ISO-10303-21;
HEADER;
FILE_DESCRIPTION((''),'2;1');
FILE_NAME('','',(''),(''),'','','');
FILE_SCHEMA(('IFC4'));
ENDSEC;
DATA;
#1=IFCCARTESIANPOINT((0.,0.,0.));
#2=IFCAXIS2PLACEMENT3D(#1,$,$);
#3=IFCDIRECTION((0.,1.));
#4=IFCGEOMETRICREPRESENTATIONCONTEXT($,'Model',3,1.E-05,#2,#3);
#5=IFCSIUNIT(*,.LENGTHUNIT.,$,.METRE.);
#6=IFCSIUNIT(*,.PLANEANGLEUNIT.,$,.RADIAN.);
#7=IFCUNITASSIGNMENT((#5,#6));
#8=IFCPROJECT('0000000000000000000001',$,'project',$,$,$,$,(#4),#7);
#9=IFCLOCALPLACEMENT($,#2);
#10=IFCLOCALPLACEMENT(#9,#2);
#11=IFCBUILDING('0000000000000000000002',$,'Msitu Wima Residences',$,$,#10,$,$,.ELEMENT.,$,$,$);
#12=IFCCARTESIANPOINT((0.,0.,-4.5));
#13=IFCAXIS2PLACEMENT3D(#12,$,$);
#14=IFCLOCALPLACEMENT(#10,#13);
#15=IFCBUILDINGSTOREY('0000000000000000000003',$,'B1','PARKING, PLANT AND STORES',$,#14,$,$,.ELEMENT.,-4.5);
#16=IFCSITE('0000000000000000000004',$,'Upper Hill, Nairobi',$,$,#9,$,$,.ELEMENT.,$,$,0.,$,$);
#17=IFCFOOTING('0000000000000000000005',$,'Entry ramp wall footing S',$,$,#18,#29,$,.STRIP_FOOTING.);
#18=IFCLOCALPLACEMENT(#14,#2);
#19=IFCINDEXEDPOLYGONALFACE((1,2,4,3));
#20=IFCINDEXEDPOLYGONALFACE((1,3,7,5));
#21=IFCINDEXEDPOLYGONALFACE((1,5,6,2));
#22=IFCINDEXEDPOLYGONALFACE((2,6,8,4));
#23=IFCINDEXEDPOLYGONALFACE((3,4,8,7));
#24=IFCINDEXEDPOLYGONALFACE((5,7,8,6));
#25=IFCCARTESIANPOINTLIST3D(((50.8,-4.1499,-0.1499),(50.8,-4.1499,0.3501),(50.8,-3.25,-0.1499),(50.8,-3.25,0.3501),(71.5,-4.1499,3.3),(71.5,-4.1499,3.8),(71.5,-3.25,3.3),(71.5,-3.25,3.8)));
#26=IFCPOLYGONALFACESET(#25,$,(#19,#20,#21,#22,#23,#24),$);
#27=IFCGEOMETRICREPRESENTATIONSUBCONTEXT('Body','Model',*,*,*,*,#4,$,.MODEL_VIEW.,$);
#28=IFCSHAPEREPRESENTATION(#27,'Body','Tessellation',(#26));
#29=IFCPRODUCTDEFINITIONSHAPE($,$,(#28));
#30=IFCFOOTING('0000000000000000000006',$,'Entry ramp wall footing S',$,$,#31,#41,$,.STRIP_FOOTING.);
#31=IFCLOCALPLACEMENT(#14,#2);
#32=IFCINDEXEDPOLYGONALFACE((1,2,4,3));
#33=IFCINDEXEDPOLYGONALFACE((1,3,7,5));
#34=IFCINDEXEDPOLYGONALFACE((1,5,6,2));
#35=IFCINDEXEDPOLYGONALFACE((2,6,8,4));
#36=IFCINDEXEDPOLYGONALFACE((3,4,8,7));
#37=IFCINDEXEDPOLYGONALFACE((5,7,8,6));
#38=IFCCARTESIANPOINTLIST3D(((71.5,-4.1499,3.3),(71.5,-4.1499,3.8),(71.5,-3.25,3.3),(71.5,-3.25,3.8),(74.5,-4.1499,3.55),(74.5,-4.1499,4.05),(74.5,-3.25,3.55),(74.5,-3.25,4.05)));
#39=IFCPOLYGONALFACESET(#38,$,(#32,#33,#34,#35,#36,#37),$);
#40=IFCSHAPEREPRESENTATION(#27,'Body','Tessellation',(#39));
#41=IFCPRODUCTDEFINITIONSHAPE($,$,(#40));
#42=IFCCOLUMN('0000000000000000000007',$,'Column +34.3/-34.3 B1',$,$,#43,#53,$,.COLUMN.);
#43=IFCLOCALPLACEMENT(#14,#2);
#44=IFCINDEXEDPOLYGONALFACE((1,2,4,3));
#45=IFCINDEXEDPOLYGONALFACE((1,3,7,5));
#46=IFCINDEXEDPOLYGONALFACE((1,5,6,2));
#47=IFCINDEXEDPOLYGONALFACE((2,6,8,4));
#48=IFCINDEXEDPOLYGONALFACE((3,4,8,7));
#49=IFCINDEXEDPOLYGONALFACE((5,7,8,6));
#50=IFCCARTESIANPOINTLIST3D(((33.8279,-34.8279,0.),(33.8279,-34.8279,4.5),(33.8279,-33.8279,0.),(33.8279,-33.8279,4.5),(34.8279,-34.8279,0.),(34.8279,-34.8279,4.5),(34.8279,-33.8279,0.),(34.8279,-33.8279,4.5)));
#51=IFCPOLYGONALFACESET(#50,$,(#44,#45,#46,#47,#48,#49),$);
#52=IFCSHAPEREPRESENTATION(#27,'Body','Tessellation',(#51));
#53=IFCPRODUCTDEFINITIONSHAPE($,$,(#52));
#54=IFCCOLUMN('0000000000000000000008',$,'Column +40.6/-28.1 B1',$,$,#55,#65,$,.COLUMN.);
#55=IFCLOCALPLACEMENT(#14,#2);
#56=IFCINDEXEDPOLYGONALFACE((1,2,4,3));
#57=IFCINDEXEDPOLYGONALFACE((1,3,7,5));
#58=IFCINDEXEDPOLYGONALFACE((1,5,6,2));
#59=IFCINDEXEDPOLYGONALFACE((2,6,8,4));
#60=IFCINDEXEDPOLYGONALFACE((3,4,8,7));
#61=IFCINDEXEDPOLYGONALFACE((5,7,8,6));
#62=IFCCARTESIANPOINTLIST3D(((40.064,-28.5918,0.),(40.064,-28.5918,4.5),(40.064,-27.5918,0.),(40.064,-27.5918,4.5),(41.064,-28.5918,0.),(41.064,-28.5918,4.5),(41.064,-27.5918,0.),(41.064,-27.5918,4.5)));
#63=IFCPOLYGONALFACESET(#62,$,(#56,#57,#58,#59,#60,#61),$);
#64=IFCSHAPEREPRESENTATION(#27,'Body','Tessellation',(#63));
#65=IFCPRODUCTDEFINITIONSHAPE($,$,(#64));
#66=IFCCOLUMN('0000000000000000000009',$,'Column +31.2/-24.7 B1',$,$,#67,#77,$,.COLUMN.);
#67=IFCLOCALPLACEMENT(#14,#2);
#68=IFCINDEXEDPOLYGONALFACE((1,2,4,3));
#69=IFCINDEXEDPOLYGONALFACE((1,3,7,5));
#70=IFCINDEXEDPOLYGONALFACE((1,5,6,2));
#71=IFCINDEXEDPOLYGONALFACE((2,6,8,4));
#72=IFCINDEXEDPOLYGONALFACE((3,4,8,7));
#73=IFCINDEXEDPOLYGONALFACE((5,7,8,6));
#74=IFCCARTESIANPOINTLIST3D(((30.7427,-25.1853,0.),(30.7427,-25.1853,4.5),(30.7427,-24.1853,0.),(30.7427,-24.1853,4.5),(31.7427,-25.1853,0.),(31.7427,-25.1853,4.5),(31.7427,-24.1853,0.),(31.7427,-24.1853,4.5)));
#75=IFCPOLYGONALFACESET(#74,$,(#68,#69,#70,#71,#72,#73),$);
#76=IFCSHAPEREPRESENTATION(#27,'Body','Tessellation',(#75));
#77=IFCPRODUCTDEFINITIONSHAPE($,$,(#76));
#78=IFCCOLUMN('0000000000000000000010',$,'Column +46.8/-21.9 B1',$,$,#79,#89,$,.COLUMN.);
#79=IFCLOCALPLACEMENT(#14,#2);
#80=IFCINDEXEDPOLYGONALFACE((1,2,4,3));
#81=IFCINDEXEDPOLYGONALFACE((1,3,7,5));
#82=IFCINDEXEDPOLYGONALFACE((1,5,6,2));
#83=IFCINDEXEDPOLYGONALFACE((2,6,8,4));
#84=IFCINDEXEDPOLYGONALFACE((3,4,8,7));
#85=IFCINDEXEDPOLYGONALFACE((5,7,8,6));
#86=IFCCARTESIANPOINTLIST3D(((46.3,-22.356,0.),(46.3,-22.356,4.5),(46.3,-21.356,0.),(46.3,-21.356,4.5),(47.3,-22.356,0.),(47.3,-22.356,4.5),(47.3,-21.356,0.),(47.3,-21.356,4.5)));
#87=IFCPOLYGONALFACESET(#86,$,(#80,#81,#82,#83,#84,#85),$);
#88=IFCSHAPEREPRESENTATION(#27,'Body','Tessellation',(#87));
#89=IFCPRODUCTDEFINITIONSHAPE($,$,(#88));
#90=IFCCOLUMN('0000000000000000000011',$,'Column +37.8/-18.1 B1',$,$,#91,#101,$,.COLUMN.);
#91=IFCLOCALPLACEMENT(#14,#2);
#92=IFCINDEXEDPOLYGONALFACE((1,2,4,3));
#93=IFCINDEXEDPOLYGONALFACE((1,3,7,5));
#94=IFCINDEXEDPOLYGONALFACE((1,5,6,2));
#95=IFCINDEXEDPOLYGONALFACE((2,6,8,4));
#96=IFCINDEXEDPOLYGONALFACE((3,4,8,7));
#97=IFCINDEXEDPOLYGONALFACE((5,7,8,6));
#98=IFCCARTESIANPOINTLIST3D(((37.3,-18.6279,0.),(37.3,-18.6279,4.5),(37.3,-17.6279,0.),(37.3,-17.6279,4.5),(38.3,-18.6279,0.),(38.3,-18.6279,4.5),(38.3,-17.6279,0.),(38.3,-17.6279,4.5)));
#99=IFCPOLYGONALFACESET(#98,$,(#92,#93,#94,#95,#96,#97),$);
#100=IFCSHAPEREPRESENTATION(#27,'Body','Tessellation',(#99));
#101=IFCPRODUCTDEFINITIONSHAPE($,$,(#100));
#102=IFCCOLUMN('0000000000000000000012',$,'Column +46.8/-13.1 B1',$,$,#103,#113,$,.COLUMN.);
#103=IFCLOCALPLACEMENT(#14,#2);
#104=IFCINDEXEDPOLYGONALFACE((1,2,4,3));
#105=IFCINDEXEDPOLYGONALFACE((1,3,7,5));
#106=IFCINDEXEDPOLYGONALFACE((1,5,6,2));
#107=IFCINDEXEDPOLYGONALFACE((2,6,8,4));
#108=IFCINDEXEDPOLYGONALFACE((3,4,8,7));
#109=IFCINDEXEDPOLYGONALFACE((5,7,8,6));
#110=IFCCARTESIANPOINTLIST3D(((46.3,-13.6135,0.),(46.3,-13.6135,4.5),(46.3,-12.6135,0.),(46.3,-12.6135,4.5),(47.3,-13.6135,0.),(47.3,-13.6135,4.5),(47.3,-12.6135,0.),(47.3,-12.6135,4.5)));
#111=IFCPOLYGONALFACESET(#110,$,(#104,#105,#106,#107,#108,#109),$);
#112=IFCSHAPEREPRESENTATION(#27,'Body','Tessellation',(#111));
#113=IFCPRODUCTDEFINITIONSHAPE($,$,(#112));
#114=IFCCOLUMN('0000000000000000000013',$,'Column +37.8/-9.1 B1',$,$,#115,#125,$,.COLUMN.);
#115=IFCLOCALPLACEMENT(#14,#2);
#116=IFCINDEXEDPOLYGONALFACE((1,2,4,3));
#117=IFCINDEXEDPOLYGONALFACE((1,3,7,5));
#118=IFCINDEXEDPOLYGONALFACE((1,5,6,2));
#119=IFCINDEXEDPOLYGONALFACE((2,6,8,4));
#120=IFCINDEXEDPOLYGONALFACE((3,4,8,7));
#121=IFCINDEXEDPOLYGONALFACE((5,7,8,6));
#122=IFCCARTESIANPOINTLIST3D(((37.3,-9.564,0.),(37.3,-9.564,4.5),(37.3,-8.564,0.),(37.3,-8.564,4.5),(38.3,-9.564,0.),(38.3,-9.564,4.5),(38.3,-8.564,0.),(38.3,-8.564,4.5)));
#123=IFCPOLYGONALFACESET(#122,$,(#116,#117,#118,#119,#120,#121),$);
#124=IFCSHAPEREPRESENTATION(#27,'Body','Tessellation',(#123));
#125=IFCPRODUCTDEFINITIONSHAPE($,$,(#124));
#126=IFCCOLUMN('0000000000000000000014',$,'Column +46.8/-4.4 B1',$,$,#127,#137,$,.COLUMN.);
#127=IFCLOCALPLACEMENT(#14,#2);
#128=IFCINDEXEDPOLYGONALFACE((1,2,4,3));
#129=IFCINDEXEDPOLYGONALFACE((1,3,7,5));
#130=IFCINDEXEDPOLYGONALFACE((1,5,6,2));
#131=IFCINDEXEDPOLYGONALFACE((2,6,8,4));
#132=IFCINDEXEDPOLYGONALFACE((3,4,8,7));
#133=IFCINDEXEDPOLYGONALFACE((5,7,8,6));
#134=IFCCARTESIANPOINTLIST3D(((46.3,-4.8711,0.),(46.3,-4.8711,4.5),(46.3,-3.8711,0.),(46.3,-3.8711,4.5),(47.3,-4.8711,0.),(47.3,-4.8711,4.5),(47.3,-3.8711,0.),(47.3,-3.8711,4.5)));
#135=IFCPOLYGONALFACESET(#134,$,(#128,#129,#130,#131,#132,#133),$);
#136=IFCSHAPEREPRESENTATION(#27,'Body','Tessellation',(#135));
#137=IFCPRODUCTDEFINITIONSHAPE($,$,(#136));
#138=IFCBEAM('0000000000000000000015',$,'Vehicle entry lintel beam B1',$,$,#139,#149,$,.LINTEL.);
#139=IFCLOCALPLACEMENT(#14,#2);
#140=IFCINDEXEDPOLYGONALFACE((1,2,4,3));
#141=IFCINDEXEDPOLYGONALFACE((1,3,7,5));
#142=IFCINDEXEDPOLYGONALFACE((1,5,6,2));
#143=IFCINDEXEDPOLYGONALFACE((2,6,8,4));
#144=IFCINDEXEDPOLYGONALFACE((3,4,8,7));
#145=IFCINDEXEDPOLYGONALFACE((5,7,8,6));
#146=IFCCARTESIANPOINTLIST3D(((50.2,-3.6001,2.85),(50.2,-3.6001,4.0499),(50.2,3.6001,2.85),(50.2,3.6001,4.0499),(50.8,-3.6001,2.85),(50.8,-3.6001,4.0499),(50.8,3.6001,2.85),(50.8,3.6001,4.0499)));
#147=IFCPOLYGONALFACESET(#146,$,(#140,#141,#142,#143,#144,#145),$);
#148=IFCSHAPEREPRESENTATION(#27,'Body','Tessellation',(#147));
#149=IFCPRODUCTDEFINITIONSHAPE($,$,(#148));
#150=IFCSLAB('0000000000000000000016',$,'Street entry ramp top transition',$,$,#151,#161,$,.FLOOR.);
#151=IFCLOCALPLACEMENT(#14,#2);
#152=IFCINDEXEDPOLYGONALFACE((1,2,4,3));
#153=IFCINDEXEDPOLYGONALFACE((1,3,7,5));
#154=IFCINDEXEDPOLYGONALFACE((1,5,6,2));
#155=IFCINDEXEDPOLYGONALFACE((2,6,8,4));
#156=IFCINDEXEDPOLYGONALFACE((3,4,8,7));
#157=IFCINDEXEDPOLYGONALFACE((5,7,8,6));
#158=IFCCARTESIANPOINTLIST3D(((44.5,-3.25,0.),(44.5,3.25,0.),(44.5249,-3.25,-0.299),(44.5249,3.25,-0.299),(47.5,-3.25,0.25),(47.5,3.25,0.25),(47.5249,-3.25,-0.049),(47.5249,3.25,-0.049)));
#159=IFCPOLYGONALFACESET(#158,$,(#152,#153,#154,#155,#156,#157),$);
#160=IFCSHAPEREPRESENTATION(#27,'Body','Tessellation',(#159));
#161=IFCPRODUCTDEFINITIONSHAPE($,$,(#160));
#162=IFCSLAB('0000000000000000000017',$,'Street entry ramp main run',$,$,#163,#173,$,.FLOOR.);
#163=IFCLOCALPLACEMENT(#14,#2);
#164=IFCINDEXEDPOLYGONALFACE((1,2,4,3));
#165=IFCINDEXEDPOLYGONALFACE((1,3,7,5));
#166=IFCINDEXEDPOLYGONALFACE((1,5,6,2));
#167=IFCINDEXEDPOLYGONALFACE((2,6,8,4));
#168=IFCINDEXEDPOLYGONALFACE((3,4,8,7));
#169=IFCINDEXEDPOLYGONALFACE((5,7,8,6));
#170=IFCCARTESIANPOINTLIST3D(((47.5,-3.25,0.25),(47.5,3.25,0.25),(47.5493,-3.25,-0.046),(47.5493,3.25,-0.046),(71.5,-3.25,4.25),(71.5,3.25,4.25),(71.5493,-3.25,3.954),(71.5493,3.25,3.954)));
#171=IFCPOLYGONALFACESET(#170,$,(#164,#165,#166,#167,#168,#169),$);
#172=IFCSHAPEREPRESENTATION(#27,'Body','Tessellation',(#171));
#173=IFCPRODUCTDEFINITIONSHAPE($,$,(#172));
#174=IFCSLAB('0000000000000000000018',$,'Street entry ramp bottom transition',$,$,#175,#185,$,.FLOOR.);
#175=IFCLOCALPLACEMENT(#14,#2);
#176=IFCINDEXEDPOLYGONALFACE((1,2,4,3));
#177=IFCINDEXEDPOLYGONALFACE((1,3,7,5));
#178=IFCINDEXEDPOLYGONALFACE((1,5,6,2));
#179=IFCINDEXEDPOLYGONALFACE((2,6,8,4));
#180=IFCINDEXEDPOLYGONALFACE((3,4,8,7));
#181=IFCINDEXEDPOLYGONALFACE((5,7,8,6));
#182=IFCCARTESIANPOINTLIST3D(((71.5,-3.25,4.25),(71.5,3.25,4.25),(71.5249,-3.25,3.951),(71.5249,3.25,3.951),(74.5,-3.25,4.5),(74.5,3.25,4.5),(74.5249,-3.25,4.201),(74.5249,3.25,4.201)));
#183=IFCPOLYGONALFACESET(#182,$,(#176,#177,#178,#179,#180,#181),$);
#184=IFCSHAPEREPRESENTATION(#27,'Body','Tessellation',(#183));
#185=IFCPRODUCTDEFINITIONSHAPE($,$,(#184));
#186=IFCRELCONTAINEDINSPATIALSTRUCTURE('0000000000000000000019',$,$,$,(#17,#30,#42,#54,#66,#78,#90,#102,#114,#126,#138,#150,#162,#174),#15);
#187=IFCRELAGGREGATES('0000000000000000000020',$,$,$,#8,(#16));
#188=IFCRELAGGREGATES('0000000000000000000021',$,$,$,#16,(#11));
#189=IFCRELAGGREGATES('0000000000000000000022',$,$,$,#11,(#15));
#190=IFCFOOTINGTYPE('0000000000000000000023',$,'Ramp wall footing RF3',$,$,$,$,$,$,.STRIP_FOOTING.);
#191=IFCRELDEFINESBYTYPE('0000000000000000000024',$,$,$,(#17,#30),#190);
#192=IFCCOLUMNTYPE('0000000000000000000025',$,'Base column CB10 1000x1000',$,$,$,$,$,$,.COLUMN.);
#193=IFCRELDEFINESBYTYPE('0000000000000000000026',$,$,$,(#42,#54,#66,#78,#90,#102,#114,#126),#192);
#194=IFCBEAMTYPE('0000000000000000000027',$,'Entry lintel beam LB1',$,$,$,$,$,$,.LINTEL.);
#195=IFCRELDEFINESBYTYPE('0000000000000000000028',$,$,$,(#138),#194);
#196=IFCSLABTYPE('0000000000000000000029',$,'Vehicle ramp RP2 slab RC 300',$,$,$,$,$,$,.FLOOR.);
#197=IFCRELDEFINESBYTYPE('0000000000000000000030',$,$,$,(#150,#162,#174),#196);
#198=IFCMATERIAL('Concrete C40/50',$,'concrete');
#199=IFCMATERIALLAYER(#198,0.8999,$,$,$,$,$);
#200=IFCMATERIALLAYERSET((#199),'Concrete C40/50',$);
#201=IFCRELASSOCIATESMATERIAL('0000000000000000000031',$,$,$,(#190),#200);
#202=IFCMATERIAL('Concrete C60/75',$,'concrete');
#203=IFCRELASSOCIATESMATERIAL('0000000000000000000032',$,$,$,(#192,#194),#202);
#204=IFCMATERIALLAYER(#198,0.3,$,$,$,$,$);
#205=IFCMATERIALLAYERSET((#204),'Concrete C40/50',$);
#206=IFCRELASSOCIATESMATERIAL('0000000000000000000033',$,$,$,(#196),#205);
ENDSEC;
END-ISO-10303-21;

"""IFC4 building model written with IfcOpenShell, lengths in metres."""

from ifc_helpers import new_model, si_unit, direction, frame, origin, origin_2d, place, context, subcontext, project, spatial, polyline, rectangle, outline, extrude, material, layer, layer_set, material_profile, profile_set, type_object, element, save


model = new_model("IFC4")

# Units and contexts
model_context = context("Model", 3, precision=1e-05, world=origin(), true_north=direction((0.0, 1.0)))
body_context = subcontext(model_context, "Body", "Model", "MODEL_VIEW")
ifc_project = project(units=[si_unit("LENGTHUNIT", "METRE"), si_unit("PLANEANGLEUNIT", "RADIAN")], contexts=[model_context])

# Site, building, storey
site_placement = place(None, origin())
site = spatial("IfcSite", under=ifc_project, at=site_placement, Name="Upper Hill, Nairobi", CompositionType="ELEMENT", RefElevation=0.0)
building_placement = place(site_placement, origin())
building = spatial("IfcBuilding", under=site, at=building_placement, Name="Msitu Wima Residences", CompositionType="ELEMENT")
storey_placement = place(building_placement, frame((0.0, 0.0, -4.5)))
storey = spatial("IfcBuildingStorey", under=building, at=storey_placement, Name="B1", Description="PARKING, PLANT AND STORES", CompositionType="ELEMENT", Elevation=-4.5)

# Footings
ifc_material_1 = material(Name="Concrete C40/50", Category="concrete")
ifc_layer_1 = layer(ifc_material_1, 0.8999)
ifc_layer_set_1 = layer_set([ifc_layer_1], Name="Concrete C40/50")
footing_type = type_object("IfcFootingType", Name="Ramp wall footing RF3", PredefinedType="STRIP_FOOTING", material=ifc_layer_set_1)
footing_1_placement = place(storey_placement, frame((50.8, -3.7, -0.1499), z_axis=(0.0, 0.0, 1.0), x_axis=(1.0, 0.0, 0.0)))
element("IfcFooting", 1, at=footing_1_placement, inside=storey, type_object=footing_type, Name="Entry ramp wall footing S", PredefinedType="STRIP_FOOTING", context=body_context, shape_type="SweptSolid", body=[
    extrude(outline(polyline([(0.0, 0.0), (20.7, 3.45), (20.7, 3.95), (0.0, 0.5), (0.0, 0.0)])), frame((0.0, 0.45, 0.0), z_axis=(0.0, -1.0, 0.0), x_axis=(1.0, 0.0, 0.0)), (0.0, 0.0, 1.0), 0.8999),
])
footing_2_placement = place(storey_placement, frame((71.5, -3.7, 3.3), z_axis=(0.0, 0.0, 1.0), x_axis=(1.0, 0.0, 0.0)))
element("IfcFooting", 2, at=footing_2_placement, inside=storey, type_object=footing_type, Name="Entry ramp wall footing S", PredefinedType="STRIP_FOOTING", context=body_context, shape_type="SweptSolid", body=[
    extrude(outline(polyline([(0.0, 0.0), (3.0, 0.25), (3.0, 0.75), (0.0, 0.5), (0.0, 0.0)])), frame((0.0, 0.45, 0.0), z_axis=(0.0, -1.0, 0.0), x_axis=(1.0, 0.0, 0.0)), (0.0, 0.0, 1.0), 0.8999),
])

# Columns
ifc_material_2 = material(Name="Concrete C60/75", Category="concrete")
ifc_material_profile_1 = material_profile(ifc_material_2, rectangle(XDim=1.0, YDim=1.0, at=origin_2d()), Name="RC 1000x1000")
ifc_profile_set_1 = profile_set([ifc_material_profile_1], Name="Concrete C60/75")
column_type = type_object("IfcColumnType", Name="Base column CB10 1000x1000", PredefinedType="COLUMN", material=ifc_profile_set_1)
for number, where, z_axis, x_axis, name in (
    (3, (34.3279, -34.3279, 0.0), (0.0, 0.0, 1.0), (1.0, 0.0, 0.0), "Column +34.3/-34.3 B1"),
    (4, (40.564, -28.0918, 0.0), (0.0, 0.0, 1.0), (1.0, 0.0, 0.0), "Column +40.6/-28.1 B1"),
    (5, (31.2427, -24.6853, 0.0), (0.0, 0.0, 1.0), (1.0, 0.0, 0.0), "Column +31.2/-24.7 B1"),
    (6, (46.8, -21.856, 0.0), (0.0, 0.0, 1.0), (1.0, 0.0, 0.0), "Column +46.8/-21.9 B1"),
    (7, (37.8, -18.1279, 0.0), (0.0, 0.0, 1.0), (1.0, 0.0, 0.0), "Column +37.8/-18.1 B1"),
    (8, (46.8, -13.1135, 0.0), (0.0, 0.0, 1.0), (1.0, 0.0, 0.0), "Column +46.8/-13.1 B1"),
    (9, (37.8, -9.064, 0.0), (0.0, 0.0, 1.0), (1.0, 0.0, 0.0), "Column +37.8/-9.1 B1"),
    (10, (46.8, -4.3711, 0.0), (0.0, 0.0, 1.0), (1.0, 0.0, 0.0), "Column +46.8/-4.4 B1"),
):
    element("IfcColumn", number, at=place(storey_placement, frame(where, z_axis=z_axis, x_axis=x_axis)), inside=storey, type_object=column_type, Name=name, PredefinedType="COLUMN", context=body_context, shape_type="SweptSolid", body=[
        extrude(rectangle(XDim=1.0, YDim=1.0, at=origin_2d()), origin(), (0.0, 0.0, 1.0), 4.5),
    ])

# Beam
ifc_material_profile_2 = material_profile(ifc_material_2, rectangle(XDim=0.6001, YDim=1.2, at=origin_2d()), Name="RC 600x1200")
ifc_profile_set_2 = profile_set([ifc_material_profile_2], Name="Concrete C60/75")
beam_type = type_object("IfcBeamType", Name="Entry lintel beam LB1", PredefinedType="LINTEL", material=ifc_profile_set_2)
beam_placement = place(storey_placement, frame((50.5, -3.6001, 3.45), z_axis=(0.0, 1.0, 0.0), x_axis=(-1.0, 0.0, 0.0)))
element("IfcBeam", 11, at=beam_placement, inside=storey, type_object=beam_type, Name="Vehicle entry lintel beam B1", PredefinedType="LINTEL", context=body_context, shape_type="SweptSolid", body=[
    extrude(rectangle(XDim=0.6001, YDim=1.2, at=origin_2d()), origin(), (0.0, 0.0, 1.0), 7.2002),
])

# Slabs
ifc_layer_2 = layer(ifc_material_1, 0.3)
ifc_layer_set_2 = layer_set([ifc_layer_2], Name="Concrete C40/50")
slab_type = type_object("IfcSlabType", Name="Vehicle ramp RP2 slab RC 300", PredefinedType="FLOOR", material=ifc_layer_set_2)
slab_1_placement = place(storey_placement, frame((44.5, -3.25, 0.0), z_axis=(-0.083045, 0.0, 0.996546), x_axis=(0.996546, 0.0, 0.083045)))
element("IfcSlab", 12, at=slab_1_placement, inside=storey, type_object=slab_type, Name="Street entry ramp top transition", PredefinedType="FLOOR", context=body_context, shape_type="SweptSolid", body=[
    extrude(outline(polyline([(0.0, 0.0), (3.0104, 0.0), (3.0104, 6.5), (0.0, 6.5), (0.0, 0.0)])), origin(), (0.0, 0.0, -1.0), 0.3),
])
slab_2_placement = place(storey_placement, frame((47.5, -3.25, 0.25), z_axis=(-0.164399, 0.0, 0.986394), x_axis=(0.986394, 0.0, 0.164399)))
element("IfcSlab", 13, at=slab_2_placement, inside=storey, type_object=slab_type, Name="Street entry ramp main run", PredefinedType="FLOOR", context=body_context, shape_type="SweptSolid", body=[
    extrude(outline(polyline([(0.0, 0.0), (24.3311, 0.0), (24.3311, 6.5), (0.0, 6.5), (0.0, 0.0)])), origin(), (0.0, 0.0, -1.0), 0.3),
])
slab_3_placement = place(storey_placement, frame((71.5, -3.25, 4.25), z_axis=(-0.083045, 0.0, 0.996546), x_axis=(0.996546, 0.0, 0.083045)))
element("IfcSlab", 14, at=slab_3_placement, inside=storey, type_object=slab_type, Name="Street entry ramp bottom transition", PredefinedType="FLOOR", context=body_context, shape_type="SweptSolid", body=[
    extrude(outline(polyline([(0.0, 0.0), (3.0104, 0.0), (3.0104, 6.5), (0.0, 6.5), (0.0, 0.0)])), origin(), (0.0, 0.0, -1.0), 0.3),
])

save(model, "model.ifc")
